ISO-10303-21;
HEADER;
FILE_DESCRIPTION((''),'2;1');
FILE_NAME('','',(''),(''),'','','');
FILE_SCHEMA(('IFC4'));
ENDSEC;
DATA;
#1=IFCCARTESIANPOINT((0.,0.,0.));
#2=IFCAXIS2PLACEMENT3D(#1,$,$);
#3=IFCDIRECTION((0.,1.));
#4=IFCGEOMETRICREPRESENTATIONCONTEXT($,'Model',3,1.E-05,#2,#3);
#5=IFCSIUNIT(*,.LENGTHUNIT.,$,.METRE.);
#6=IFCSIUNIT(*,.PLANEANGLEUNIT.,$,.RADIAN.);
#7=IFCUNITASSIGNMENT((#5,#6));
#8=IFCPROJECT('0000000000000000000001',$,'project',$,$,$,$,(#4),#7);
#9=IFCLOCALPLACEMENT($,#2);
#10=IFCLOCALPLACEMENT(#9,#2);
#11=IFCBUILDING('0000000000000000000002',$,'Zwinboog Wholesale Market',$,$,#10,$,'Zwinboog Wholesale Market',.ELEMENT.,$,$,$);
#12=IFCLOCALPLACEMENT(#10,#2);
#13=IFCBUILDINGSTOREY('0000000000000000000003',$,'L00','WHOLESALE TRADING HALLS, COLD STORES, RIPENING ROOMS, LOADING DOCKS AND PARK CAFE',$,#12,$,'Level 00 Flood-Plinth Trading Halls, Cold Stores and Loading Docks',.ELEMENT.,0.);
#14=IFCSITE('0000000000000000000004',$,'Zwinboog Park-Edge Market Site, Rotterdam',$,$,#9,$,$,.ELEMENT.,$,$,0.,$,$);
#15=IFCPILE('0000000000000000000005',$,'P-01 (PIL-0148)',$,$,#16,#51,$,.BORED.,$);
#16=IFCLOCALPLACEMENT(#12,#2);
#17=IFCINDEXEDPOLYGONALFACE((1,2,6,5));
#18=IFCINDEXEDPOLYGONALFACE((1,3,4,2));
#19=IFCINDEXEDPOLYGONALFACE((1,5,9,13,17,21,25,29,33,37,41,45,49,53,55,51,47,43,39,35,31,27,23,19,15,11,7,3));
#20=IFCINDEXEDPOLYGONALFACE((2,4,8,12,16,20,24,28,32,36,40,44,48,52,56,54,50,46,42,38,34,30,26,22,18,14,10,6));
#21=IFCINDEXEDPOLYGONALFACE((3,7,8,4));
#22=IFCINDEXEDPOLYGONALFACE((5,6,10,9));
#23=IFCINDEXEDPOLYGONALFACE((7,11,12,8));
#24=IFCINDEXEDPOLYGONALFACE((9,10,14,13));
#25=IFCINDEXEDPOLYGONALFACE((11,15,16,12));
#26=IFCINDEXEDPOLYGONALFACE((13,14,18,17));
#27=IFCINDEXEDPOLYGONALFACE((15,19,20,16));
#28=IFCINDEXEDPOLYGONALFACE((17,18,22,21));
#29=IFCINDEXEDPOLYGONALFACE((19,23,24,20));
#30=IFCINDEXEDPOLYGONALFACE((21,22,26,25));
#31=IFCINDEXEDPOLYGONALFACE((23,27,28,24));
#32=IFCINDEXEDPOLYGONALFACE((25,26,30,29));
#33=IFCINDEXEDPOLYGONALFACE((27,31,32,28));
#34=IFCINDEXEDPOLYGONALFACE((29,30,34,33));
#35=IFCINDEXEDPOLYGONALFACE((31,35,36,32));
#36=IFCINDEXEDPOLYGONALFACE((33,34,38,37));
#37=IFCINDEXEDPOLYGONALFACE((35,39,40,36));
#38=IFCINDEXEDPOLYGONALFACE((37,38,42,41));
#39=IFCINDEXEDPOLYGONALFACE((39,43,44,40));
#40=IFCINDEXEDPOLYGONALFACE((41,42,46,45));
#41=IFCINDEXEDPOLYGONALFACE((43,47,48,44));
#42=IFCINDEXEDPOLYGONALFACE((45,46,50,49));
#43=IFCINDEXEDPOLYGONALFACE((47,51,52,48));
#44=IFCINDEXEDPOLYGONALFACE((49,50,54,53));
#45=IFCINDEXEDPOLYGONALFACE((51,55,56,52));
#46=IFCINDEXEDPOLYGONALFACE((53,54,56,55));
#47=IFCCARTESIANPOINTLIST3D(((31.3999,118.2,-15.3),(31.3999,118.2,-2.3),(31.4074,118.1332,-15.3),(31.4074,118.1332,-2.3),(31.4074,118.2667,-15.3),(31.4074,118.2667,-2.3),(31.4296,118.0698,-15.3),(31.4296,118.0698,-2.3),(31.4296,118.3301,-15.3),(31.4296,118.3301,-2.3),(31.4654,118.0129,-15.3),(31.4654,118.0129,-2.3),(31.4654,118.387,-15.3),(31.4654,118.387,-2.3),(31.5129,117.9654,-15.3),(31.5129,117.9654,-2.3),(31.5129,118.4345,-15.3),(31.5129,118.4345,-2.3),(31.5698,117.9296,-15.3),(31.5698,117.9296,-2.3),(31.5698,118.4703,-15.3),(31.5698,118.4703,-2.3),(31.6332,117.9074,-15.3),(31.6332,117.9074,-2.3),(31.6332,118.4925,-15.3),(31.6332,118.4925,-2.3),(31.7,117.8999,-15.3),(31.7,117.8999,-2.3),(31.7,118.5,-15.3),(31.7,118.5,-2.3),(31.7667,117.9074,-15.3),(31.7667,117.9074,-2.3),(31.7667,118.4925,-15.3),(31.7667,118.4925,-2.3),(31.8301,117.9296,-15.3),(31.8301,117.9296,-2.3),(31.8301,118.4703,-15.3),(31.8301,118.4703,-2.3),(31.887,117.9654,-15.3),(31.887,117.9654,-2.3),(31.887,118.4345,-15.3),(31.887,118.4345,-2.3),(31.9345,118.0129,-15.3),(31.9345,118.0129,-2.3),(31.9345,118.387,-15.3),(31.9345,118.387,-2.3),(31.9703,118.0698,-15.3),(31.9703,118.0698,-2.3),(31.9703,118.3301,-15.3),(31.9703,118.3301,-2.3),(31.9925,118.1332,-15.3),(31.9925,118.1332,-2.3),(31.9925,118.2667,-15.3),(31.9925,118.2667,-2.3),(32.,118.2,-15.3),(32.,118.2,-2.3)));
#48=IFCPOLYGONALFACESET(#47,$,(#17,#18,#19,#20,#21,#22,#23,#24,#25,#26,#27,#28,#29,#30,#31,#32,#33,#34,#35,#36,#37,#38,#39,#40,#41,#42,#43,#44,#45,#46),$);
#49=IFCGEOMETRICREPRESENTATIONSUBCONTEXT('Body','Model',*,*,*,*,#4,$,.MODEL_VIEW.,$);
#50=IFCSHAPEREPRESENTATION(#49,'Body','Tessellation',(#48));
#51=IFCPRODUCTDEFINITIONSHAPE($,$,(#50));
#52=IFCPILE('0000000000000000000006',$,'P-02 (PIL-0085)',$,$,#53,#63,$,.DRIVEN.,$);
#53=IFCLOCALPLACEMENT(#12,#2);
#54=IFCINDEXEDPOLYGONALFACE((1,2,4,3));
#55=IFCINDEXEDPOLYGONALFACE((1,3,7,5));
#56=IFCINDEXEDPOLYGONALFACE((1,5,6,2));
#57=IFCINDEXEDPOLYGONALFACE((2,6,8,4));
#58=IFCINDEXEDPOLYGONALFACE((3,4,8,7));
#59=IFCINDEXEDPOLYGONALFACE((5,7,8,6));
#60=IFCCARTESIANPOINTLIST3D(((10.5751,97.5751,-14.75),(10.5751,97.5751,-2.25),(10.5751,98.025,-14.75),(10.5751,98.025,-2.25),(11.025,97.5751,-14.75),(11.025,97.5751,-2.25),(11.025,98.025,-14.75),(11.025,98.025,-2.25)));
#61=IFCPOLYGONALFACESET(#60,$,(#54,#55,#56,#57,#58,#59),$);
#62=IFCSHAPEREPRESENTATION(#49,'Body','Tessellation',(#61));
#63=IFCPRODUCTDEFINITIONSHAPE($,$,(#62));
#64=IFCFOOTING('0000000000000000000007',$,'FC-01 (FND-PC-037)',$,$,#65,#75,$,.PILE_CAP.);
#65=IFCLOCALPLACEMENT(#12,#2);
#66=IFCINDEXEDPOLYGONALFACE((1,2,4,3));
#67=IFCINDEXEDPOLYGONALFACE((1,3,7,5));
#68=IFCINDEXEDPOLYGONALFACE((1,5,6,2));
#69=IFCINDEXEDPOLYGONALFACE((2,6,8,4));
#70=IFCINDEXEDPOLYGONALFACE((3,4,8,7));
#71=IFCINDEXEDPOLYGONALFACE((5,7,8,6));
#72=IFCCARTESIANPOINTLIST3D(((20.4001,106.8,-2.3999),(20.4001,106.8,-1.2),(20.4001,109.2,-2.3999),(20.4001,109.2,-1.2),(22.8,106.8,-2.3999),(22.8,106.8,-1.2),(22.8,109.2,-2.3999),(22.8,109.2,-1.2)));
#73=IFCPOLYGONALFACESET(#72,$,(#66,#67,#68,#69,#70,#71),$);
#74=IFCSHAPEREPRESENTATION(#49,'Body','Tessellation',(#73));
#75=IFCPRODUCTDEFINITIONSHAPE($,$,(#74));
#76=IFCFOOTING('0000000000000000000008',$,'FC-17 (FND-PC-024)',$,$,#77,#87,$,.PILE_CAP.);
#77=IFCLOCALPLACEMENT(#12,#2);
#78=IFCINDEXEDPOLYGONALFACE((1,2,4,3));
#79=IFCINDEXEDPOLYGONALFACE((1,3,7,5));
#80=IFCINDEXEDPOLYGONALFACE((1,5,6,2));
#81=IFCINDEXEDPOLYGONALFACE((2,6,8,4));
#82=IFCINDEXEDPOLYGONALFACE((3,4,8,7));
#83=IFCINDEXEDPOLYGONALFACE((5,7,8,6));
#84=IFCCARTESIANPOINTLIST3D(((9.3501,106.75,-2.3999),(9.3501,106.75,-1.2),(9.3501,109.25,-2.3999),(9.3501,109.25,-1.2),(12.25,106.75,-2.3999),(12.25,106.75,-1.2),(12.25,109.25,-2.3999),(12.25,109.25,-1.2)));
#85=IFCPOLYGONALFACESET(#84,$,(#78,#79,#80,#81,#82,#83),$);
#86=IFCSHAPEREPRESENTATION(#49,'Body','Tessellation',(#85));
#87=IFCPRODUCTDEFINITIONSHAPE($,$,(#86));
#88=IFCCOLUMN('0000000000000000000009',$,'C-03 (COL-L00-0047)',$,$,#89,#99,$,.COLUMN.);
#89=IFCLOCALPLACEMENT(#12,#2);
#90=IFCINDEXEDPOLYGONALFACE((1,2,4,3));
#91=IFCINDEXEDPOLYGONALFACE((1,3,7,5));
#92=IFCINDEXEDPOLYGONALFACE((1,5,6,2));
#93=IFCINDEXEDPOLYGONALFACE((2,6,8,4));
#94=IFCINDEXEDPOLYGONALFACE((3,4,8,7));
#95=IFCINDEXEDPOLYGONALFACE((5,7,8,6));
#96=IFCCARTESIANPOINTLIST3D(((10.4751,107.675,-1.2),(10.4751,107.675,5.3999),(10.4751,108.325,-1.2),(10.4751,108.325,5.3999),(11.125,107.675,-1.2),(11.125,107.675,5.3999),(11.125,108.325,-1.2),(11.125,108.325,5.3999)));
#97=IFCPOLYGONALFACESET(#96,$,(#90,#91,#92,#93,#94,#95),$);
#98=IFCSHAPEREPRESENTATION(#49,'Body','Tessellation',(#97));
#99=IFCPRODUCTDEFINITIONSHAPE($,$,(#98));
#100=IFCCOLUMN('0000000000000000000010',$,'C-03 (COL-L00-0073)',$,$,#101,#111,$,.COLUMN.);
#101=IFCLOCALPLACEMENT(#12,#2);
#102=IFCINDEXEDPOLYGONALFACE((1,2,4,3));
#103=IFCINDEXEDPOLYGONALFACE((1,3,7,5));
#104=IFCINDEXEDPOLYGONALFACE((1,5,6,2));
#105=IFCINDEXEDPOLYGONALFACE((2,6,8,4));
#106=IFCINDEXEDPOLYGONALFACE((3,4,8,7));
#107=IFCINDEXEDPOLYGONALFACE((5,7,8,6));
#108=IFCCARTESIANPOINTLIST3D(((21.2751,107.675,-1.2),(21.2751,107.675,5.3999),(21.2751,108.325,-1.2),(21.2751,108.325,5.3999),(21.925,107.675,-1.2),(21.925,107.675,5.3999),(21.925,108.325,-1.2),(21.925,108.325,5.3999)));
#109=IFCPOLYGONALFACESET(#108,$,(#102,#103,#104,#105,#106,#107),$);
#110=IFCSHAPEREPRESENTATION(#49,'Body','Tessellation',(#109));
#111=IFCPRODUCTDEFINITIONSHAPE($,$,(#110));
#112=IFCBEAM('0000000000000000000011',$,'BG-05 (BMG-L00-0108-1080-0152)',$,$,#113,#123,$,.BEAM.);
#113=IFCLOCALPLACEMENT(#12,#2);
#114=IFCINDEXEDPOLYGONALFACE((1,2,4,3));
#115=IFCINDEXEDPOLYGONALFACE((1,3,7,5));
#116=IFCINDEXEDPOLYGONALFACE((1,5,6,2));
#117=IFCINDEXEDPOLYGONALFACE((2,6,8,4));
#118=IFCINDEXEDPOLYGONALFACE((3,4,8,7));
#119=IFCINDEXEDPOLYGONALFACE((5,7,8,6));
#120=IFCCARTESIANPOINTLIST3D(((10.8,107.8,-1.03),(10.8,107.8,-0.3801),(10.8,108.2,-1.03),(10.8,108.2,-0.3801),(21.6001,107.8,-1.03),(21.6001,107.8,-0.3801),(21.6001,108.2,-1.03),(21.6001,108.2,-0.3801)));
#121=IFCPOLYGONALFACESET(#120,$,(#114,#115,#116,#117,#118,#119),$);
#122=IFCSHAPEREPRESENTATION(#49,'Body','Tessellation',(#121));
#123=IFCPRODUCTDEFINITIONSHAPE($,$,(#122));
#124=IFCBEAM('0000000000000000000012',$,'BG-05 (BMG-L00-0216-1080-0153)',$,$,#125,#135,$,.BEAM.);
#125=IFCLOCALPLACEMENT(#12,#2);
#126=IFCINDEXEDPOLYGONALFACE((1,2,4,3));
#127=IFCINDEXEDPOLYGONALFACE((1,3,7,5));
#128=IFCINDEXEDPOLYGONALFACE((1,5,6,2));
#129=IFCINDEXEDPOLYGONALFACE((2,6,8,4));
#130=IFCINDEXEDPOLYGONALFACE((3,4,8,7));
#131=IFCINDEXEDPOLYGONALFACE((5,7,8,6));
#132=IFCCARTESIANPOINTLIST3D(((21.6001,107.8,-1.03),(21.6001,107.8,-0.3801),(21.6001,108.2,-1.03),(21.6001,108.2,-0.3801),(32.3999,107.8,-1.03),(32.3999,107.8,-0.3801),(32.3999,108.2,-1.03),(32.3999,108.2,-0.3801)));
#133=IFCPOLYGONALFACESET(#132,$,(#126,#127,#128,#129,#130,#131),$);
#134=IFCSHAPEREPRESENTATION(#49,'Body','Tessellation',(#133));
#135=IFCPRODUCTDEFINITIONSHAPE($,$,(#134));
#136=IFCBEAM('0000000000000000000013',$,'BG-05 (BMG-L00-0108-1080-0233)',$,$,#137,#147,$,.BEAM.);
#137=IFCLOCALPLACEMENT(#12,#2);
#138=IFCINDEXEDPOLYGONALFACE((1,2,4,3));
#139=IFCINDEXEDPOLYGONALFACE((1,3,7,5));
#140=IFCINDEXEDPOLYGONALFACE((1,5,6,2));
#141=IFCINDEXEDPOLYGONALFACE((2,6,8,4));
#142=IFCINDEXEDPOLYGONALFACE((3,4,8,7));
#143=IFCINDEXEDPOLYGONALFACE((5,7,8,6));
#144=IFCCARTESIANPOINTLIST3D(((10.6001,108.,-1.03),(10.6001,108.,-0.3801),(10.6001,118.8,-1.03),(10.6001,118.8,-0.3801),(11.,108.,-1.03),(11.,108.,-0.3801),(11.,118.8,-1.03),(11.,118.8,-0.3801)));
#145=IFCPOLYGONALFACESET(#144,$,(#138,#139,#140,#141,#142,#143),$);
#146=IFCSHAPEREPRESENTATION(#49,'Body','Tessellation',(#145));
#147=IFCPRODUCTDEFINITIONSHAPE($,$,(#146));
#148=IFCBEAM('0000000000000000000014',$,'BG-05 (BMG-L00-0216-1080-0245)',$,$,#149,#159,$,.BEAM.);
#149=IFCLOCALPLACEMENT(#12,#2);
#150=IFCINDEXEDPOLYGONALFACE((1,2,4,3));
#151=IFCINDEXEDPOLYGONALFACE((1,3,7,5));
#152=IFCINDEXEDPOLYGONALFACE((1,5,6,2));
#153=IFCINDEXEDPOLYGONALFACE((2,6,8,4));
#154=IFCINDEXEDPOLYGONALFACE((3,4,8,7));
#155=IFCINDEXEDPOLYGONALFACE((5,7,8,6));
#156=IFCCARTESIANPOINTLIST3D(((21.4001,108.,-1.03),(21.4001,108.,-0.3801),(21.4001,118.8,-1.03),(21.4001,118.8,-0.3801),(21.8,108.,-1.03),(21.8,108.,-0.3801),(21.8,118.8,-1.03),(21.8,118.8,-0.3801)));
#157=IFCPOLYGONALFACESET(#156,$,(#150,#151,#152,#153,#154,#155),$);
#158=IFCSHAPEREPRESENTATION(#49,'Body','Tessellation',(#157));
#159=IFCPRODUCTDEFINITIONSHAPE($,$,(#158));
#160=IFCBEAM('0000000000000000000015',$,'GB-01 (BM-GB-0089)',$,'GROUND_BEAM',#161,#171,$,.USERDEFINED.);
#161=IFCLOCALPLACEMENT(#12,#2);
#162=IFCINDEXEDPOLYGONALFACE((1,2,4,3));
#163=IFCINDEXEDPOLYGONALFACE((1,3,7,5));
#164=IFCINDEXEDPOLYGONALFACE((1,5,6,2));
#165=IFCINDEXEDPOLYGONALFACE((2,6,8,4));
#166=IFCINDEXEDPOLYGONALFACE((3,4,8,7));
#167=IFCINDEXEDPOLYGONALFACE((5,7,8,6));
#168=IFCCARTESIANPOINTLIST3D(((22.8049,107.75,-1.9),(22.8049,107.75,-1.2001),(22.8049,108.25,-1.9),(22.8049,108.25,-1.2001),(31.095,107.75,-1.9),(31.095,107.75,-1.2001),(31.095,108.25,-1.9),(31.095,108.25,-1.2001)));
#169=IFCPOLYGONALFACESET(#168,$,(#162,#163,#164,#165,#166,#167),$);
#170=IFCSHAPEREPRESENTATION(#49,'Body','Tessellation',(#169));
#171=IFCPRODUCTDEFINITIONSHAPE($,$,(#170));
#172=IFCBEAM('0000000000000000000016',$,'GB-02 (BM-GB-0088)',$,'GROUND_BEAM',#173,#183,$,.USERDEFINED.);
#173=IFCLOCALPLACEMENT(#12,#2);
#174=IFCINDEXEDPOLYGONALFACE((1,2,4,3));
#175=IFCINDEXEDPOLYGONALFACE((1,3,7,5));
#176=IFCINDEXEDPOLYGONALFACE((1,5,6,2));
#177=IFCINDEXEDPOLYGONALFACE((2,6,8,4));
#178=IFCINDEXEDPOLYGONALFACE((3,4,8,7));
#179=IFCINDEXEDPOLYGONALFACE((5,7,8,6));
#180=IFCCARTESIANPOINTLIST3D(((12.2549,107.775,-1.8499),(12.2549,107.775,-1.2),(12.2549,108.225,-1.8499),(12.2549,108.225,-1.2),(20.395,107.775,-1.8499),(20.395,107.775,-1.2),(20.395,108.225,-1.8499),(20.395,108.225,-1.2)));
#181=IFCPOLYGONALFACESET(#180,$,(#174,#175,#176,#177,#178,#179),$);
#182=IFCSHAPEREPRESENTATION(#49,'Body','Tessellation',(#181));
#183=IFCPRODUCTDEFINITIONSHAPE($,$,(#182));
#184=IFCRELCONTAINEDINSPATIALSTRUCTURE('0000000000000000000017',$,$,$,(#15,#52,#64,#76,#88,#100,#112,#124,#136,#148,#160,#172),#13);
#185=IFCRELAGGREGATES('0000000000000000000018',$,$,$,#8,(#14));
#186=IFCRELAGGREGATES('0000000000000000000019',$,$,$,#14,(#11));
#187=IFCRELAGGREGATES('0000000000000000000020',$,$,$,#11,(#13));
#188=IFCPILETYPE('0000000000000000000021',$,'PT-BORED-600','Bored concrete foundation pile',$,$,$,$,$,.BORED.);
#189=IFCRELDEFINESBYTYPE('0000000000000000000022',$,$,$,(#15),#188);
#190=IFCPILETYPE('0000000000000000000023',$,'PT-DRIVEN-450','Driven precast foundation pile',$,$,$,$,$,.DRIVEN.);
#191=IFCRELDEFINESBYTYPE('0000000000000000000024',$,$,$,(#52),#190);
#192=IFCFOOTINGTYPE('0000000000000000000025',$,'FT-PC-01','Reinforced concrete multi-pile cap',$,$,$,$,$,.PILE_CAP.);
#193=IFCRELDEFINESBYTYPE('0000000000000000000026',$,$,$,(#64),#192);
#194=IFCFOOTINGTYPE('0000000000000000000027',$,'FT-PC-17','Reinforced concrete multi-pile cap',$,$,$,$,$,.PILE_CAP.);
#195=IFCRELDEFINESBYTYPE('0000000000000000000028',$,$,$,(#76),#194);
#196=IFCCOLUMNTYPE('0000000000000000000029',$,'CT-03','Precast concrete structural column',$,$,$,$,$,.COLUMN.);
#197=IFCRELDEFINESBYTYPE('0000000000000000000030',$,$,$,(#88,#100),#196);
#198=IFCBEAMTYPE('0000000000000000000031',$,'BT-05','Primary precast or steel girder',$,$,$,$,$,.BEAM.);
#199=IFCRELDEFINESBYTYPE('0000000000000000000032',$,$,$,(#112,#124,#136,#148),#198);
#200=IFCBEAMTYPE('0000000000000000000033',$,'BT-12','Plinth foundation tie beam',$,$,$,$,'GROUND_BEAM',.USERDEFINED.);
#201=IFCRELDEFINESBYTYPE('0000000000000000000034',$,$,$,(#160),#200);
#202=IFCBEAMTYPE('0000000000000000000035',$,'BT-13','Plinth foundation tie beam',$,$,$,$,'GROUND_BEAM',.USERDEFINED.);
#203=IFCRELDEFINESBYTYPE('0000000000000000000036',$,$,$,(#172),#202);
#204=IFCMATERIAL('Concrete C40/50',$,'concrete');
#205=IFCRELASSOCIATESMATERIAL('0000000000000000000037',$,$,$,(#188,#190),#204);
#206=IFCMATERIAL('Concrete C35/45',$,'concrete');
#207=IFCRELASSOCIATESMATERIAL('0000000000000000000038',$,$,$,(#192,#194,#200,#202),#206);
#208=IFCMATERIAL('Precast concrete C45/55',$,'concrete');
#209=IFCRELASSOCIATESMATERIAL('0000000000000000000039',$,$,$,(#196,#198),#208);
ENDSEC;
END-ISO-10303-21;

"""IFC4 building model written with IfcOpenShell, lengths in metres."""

from ifc_helpers import new_model, si_unit, direction, frame, origin, origin_2d, place, context, subcontext, project, spatial, rectangle, circle, extrude, material, material_profile, profile_set, type_object, element, save


model = new_model("IFC4")

# Units and contexts
model_context = context("Model", 3, precision=1e-05, world=origin(), true_north=direction((0.0, 1.0)))
body_context = subcontext(model_context, "Body", "Model", "MODEL_VIEW")
ifc_project = project(units=[si_unit("LENGTHUNIT", "METRE"), si_unit("PLANEANGLEUNIT", "RADIAN")], contexts=[model_context])

# Site, building, storey
site_placement = place(None, origin())
site = spatial("IfcSite", under=ifc_project, at=site_placement, Name="Zwinboog Park-Edge Market Site, Rotterdam", CompositionType="ELEMENT", RefElevation=0.0)
building_placement = place(site_placement, origin())
building = spatial("IfcBuilding", under=site, at=building_placement, Name="Zwinboog Wholesale Market", LongName="Zwinboog Wholesale Market", CompositionType="ELEMENT")
storey_placement = place(building_placement, origin())
storey = spatial("IfcBuildingStorey", under=building, at=storey_placement, Name="L00", Description="WHOLESALE TRADING HALLS, COLD STORES, RIPENING ROOMS, LOADING DOCKS AND PARK CAFE", LongName="Level 00 Flood-Plinth Trading Halls, Cold Stores and Loading Docks", CompositionType="ELEMENT", Elevation=0.0)

# Piles
ifc_material_1 = material(Name="Concrete C40/50", Category="concrete")
ifc_material_profile_1 = material_profile(ifc_material_1, circle(Radius=0.3, at=origin_2d()), Name="PILE D600")
ifc_profile_set_1 = profile_set([ifc_material_profile_1], Name="Concrete C40/50")
pile_type_1 = type_object("IfcPileType", Name="PT-BORED-600", Description="Bored concrete foundation pile", PredefinedType="BORED", material=ifc_profile_set_1)
pile_1_placement = place(storey_placement, frame((31.7, 118.2, -2.3), z_axis=(0.0, 0.0, -1.0), x_axis=(1.0, 0.0, 0.0)))
element("IfcPile", 1, at=pile_1_placement, inside=storey, type_object=pile_type_1, Name="P-01 (PIL-0148)", PredefinedType="BORED", context=body_context, shape_type="SweptSolid", body=[
    extrude(circle(Radius=0.3, at=origin_2d()), origin(), (0.0, 0.0, 1.0), 13.0),
])
ifc_material_profile_2 = material_profile(ifc_material_1, rectangle(XDim=0.45, YDim=0.45, at=origin_2d()), Name="PILE SQ450")
ifc_profile_set_2 = profile_set([ifc_material_profile_2], Name="Concrete C40/50")
pile_type_2 = type_object("IfcPileType", Name="PT-DRIVEN-450", Description="Driven precast foundation pile", PredefinedType="DRIVEN", material=ifc_profile_set_2)
pile_2_placement = place(storey_placement, frame((10.8, 97.8, -2.25), z_axis=(0.0, 0.0, -1.0), x_axis=(1.0, 0.0, 0.0)))
element("IfcPile", 2, at=pile_2_placement, inside=storey, type_object=pile_type_2, Name="P-02 (PIL-0085)", PredefinedType="DRIVEN", context=body_context, shape_type="SweptSolid", body=[
    extrude(rectangle(XDim=0.45, YDim=0.45, at=origin_2d()), origin(), (0.0, 0.0, 1.0), 12.5),
])

# Footings
ifc_material_2 = material(Name="Concrete C35/45", Category="concrete")
footing_type_1 = type_object("IfcFootingType", Name="FT-PC-01", Description="Reinforced concrete multi-pile cap", PredefinedType="PILE_CAP", material=ifc_material_2)
footing_1_placement = place(storey_placement, frame((21.6001, 108.0, -2.3999), z_axis=(0.0, 0.0, 1.0), x_axis=(1.0, 0.0, 0.0)))
element("IfcFooting", 3, at=footing_1_placement, inside=storey, type_object=footing_type_1, Name="FC-01 (FND-PC-037)", PredefinedType="PILE_CAP", context=body_context, shape_type="SweptSolid", body=[
    extrude(rectangle(XDim=2.3999, YDim=2.3999, at=origin_2d()), origin(), (0.0, 0.0, 1.0), 1.2),
])
footing_type_2 = type_object("IfcFootingType", Name="FT-PC-17", Description="Reinforced concrete multi-pile cap", PredefinedType="PILE_CAP", material=ifc_material_2)
footing_2_placement = place(storey_placement, frame((10.8, 108.0, -2.3999), z_axis=(0.0, 0.0, 1.0), x_axis=(1.0, 0.0, 0.0)))
element("IfcFooting", 4, at=footing_2_placement, inside=storey, type_object=footing_type_2, Name="FC-17 (FND-PC-024)", PredefinedType="PILE_CAP", context=body_context, shape_type="SweptSolid", body=[
    extrude(rectangle(XDim=2.8999, YDim=2.5, at=origin_2d()), origin(), (0.0, 0.0, 1.0), 1.2),
])

# Columns
ifc_material_3 = material(Name="Precast concrete C45/55", Category="concrete")
ifc_material_profile_3 = material_profile(ifc_material_3, rectangle(XDim=0.6499, YDim=0.6499, at=origin_2d()), Name="PC 650x650")
ifc_profile_set_3 = profile_set([ifc_material_profile_3], Name="Precast concrete C45/55")
column_type = type_object("IfcColumnType", Name="CT-03", Description="Precast concrete structural column", PredefinedType="COLUMN", material=ifc_profile_set_3)
for number, where, z_axis, x_axis, name in (
    (5, (10.8, 108.0, -1.2), (0.0, 0.0, 1.0), (1.0, 0.0, 0.0), "C-03 (COL-L00-0047)"),
    (6, (21.6001, 108.0, -1.2), (0.0, 0.0, 1.0), (1.0, 0.0, 0.0), "C-03 (COL-L00-0073)"),
):
    element("IfcColumn", number, at=place(storey_placement, frame(where, z_axis=z_axis, x_axis=x_axis)), inside=storey, type_object=column_type, Name=name, PredefinedType="COLUMN", context=body_context, shape_type="SweptSolid", body=[
        extrude(rectangle(XDim=0.6499, YDim=0.6499, at=origin_2d()), origin(), (0.0, 0.0, 1.0), 6.5999),
    ])

# Beams
ifc_material_profile_4 = material_profile(ifc_material_3, rectangle(XDim=0.3999, YDim=0.6499, at=origin_2d()), Name="PC 400x650")
ifc_profile_set_4 = profile_set([ifc_material_profile_4], Name="Precast concrete C45/55")
beam_type_1 = type_object("IfcBeamType", Name="BT-05", Description="Primary precast or steel girder", PredefinedType="BEAM", material=ifc_profile_set_4)
beam_1_placement = place(storey_placement, frame((10.8, 108.0, -0.7051), z_axis=(1.0, 0.0, 0.0), x_axis=(0.0, 1.0, 0.0)))
element("IfcBeam", 7, at=beam_1_placement, inside=storey, type_object=beam_type_1, Name="BG-05 (BMG-L00-0108-1080-0152)", PredefinedType="BEAM", context=body_context, shape_type="SweptSolid", body=[
    extrude(rectangle(XDim=0.3999, YDim=0.6499, at=origin_2d()), origin(), (0.0, 0.0, 1.0), 10.8),
])
beam_2_placement = place(storey_placement, frame((21.6001, 108.0, -0.7051), z_axis=(1.0, 0.0, 0.0), x_axis=(0.0, 1.0, 0.0)))
element("IfcBeam", 8, at=beam_2_placement, inside=storey, type_object=beam_type_1, Name="BG-05 (BMG-L00-0216-1080-0153)", PredefinedType="BEAM", context=body_context, shape_type="SweptSolid", body=[
    extrude(rectangle(XDim=0.3999, YDim=0.6499, at=origin_2d()), origin(), (0.0, 0.0, 1.0), 10.7998),
])
for number, where, z_axis, x_axis, name in (
    (9, (10.8, 108.0, -0.7051), (0.0, 1.0, 0.0), (-1.0, 0.0, 0.0), "BG-05 (BMG-L00-0108-1080-0233)"),
    (10, (21.6001, 108.0, -0.7051), (0.0, 1.0, 0.0), (-1.0, 0.0, 0.0), "BG-05 (BMG-L00-0216-1080-0245)"),
):
    element("IfcBeam", number, at=place(storey_placement, frame(where, z_axis=z_axis, x_axis=x_axis)), inside=storey, type_object=beam_type_1, Name=name, PredefinedType="BEAM", context=body_context, shape_type="SweptSolid", body=[
        extrude(rectangle(XDim=0.3999, YDim=0.6499, at=origin_2d()), origin(), (0.0, 0.0, 1.0), 10.8),
    ])
ifc_material_profile_5 = material_profile(ifc_material_2, rectangle(XDim=0.5, YDim=0.7, at=origin_2d()), Name="RC 500x700")
ifc_profile_set_5 = profile_set([ifc_material_profile_5], Name="Concrete C35/45")
beam_type_2 = type_object("IfcBeamType", Name="BT-12", Description="Plinth foundation tie beam", ElementType="GROUND_BEAM", PredefinedType="USERDEFINED", material=ifc_profile_set_5)
beam_3_placement = place(storey_placement, frame((22.8049, 108.0, -1.55), z_axis=(1.0, 0.0, 0.0), x_axis=(0.0, 1.0, 0.0)))
element("IfcBeam", 11, at=beam_3_placement, inside=storey, type_object=beam_type_2, Name="GB-01 (BM-GB-0089)", ObjectType="GROUND_BEAM", PredefinedType="USERDEFINED", context=body_context, shape_type="SweptSolid", body=[
    extrude(rectangle(XDim=0.5, YDim=0.7, at=origin_2d()), origin(), (0.0, 0.0, 1.0), 8.29),
])
ifc_material_profile_6 = material_profile(ifc_material_2, rectangle(XDim=0.45, YDim=0.6499, at=origin_2d()), Name="RC 450x650")
ifc_profile_set_6 = profile_set([ifc_material_profile_6], Name="Concrete C35/45")
beam_type_3 = type_object("IfcBeamType", Name="BT-13", Description="Plinth foundation tie beam", ElementType="GROUND_BEAM", PredefinedType="USERDEFINED", material=ifc_profile_set_6)
beam_4_placement = place(storey_placement, frame((12.2549, 108.0, -1.5249), z_axis=(1.0, 0.0, 0.0), x_axis=(0.0, 1.0, 0.0)))
element("IfcBeam", 12, at=beam_4_placement, inside=storey, type_object=beam_type_3, Name="GB-02 (BM-GB-0088)", ObjectType="GROUND_BEAM", PredefinedType="USERDEFINED", context=body_context, shape_type="SweptSolid", body=[
    extrude(rectangle(XDim=0.45, YDim=0.6499, at=origin_2d()), origin(), (0.0, 0.0, 1.0), 8.1401),
])

save(model, "model.ifc")
